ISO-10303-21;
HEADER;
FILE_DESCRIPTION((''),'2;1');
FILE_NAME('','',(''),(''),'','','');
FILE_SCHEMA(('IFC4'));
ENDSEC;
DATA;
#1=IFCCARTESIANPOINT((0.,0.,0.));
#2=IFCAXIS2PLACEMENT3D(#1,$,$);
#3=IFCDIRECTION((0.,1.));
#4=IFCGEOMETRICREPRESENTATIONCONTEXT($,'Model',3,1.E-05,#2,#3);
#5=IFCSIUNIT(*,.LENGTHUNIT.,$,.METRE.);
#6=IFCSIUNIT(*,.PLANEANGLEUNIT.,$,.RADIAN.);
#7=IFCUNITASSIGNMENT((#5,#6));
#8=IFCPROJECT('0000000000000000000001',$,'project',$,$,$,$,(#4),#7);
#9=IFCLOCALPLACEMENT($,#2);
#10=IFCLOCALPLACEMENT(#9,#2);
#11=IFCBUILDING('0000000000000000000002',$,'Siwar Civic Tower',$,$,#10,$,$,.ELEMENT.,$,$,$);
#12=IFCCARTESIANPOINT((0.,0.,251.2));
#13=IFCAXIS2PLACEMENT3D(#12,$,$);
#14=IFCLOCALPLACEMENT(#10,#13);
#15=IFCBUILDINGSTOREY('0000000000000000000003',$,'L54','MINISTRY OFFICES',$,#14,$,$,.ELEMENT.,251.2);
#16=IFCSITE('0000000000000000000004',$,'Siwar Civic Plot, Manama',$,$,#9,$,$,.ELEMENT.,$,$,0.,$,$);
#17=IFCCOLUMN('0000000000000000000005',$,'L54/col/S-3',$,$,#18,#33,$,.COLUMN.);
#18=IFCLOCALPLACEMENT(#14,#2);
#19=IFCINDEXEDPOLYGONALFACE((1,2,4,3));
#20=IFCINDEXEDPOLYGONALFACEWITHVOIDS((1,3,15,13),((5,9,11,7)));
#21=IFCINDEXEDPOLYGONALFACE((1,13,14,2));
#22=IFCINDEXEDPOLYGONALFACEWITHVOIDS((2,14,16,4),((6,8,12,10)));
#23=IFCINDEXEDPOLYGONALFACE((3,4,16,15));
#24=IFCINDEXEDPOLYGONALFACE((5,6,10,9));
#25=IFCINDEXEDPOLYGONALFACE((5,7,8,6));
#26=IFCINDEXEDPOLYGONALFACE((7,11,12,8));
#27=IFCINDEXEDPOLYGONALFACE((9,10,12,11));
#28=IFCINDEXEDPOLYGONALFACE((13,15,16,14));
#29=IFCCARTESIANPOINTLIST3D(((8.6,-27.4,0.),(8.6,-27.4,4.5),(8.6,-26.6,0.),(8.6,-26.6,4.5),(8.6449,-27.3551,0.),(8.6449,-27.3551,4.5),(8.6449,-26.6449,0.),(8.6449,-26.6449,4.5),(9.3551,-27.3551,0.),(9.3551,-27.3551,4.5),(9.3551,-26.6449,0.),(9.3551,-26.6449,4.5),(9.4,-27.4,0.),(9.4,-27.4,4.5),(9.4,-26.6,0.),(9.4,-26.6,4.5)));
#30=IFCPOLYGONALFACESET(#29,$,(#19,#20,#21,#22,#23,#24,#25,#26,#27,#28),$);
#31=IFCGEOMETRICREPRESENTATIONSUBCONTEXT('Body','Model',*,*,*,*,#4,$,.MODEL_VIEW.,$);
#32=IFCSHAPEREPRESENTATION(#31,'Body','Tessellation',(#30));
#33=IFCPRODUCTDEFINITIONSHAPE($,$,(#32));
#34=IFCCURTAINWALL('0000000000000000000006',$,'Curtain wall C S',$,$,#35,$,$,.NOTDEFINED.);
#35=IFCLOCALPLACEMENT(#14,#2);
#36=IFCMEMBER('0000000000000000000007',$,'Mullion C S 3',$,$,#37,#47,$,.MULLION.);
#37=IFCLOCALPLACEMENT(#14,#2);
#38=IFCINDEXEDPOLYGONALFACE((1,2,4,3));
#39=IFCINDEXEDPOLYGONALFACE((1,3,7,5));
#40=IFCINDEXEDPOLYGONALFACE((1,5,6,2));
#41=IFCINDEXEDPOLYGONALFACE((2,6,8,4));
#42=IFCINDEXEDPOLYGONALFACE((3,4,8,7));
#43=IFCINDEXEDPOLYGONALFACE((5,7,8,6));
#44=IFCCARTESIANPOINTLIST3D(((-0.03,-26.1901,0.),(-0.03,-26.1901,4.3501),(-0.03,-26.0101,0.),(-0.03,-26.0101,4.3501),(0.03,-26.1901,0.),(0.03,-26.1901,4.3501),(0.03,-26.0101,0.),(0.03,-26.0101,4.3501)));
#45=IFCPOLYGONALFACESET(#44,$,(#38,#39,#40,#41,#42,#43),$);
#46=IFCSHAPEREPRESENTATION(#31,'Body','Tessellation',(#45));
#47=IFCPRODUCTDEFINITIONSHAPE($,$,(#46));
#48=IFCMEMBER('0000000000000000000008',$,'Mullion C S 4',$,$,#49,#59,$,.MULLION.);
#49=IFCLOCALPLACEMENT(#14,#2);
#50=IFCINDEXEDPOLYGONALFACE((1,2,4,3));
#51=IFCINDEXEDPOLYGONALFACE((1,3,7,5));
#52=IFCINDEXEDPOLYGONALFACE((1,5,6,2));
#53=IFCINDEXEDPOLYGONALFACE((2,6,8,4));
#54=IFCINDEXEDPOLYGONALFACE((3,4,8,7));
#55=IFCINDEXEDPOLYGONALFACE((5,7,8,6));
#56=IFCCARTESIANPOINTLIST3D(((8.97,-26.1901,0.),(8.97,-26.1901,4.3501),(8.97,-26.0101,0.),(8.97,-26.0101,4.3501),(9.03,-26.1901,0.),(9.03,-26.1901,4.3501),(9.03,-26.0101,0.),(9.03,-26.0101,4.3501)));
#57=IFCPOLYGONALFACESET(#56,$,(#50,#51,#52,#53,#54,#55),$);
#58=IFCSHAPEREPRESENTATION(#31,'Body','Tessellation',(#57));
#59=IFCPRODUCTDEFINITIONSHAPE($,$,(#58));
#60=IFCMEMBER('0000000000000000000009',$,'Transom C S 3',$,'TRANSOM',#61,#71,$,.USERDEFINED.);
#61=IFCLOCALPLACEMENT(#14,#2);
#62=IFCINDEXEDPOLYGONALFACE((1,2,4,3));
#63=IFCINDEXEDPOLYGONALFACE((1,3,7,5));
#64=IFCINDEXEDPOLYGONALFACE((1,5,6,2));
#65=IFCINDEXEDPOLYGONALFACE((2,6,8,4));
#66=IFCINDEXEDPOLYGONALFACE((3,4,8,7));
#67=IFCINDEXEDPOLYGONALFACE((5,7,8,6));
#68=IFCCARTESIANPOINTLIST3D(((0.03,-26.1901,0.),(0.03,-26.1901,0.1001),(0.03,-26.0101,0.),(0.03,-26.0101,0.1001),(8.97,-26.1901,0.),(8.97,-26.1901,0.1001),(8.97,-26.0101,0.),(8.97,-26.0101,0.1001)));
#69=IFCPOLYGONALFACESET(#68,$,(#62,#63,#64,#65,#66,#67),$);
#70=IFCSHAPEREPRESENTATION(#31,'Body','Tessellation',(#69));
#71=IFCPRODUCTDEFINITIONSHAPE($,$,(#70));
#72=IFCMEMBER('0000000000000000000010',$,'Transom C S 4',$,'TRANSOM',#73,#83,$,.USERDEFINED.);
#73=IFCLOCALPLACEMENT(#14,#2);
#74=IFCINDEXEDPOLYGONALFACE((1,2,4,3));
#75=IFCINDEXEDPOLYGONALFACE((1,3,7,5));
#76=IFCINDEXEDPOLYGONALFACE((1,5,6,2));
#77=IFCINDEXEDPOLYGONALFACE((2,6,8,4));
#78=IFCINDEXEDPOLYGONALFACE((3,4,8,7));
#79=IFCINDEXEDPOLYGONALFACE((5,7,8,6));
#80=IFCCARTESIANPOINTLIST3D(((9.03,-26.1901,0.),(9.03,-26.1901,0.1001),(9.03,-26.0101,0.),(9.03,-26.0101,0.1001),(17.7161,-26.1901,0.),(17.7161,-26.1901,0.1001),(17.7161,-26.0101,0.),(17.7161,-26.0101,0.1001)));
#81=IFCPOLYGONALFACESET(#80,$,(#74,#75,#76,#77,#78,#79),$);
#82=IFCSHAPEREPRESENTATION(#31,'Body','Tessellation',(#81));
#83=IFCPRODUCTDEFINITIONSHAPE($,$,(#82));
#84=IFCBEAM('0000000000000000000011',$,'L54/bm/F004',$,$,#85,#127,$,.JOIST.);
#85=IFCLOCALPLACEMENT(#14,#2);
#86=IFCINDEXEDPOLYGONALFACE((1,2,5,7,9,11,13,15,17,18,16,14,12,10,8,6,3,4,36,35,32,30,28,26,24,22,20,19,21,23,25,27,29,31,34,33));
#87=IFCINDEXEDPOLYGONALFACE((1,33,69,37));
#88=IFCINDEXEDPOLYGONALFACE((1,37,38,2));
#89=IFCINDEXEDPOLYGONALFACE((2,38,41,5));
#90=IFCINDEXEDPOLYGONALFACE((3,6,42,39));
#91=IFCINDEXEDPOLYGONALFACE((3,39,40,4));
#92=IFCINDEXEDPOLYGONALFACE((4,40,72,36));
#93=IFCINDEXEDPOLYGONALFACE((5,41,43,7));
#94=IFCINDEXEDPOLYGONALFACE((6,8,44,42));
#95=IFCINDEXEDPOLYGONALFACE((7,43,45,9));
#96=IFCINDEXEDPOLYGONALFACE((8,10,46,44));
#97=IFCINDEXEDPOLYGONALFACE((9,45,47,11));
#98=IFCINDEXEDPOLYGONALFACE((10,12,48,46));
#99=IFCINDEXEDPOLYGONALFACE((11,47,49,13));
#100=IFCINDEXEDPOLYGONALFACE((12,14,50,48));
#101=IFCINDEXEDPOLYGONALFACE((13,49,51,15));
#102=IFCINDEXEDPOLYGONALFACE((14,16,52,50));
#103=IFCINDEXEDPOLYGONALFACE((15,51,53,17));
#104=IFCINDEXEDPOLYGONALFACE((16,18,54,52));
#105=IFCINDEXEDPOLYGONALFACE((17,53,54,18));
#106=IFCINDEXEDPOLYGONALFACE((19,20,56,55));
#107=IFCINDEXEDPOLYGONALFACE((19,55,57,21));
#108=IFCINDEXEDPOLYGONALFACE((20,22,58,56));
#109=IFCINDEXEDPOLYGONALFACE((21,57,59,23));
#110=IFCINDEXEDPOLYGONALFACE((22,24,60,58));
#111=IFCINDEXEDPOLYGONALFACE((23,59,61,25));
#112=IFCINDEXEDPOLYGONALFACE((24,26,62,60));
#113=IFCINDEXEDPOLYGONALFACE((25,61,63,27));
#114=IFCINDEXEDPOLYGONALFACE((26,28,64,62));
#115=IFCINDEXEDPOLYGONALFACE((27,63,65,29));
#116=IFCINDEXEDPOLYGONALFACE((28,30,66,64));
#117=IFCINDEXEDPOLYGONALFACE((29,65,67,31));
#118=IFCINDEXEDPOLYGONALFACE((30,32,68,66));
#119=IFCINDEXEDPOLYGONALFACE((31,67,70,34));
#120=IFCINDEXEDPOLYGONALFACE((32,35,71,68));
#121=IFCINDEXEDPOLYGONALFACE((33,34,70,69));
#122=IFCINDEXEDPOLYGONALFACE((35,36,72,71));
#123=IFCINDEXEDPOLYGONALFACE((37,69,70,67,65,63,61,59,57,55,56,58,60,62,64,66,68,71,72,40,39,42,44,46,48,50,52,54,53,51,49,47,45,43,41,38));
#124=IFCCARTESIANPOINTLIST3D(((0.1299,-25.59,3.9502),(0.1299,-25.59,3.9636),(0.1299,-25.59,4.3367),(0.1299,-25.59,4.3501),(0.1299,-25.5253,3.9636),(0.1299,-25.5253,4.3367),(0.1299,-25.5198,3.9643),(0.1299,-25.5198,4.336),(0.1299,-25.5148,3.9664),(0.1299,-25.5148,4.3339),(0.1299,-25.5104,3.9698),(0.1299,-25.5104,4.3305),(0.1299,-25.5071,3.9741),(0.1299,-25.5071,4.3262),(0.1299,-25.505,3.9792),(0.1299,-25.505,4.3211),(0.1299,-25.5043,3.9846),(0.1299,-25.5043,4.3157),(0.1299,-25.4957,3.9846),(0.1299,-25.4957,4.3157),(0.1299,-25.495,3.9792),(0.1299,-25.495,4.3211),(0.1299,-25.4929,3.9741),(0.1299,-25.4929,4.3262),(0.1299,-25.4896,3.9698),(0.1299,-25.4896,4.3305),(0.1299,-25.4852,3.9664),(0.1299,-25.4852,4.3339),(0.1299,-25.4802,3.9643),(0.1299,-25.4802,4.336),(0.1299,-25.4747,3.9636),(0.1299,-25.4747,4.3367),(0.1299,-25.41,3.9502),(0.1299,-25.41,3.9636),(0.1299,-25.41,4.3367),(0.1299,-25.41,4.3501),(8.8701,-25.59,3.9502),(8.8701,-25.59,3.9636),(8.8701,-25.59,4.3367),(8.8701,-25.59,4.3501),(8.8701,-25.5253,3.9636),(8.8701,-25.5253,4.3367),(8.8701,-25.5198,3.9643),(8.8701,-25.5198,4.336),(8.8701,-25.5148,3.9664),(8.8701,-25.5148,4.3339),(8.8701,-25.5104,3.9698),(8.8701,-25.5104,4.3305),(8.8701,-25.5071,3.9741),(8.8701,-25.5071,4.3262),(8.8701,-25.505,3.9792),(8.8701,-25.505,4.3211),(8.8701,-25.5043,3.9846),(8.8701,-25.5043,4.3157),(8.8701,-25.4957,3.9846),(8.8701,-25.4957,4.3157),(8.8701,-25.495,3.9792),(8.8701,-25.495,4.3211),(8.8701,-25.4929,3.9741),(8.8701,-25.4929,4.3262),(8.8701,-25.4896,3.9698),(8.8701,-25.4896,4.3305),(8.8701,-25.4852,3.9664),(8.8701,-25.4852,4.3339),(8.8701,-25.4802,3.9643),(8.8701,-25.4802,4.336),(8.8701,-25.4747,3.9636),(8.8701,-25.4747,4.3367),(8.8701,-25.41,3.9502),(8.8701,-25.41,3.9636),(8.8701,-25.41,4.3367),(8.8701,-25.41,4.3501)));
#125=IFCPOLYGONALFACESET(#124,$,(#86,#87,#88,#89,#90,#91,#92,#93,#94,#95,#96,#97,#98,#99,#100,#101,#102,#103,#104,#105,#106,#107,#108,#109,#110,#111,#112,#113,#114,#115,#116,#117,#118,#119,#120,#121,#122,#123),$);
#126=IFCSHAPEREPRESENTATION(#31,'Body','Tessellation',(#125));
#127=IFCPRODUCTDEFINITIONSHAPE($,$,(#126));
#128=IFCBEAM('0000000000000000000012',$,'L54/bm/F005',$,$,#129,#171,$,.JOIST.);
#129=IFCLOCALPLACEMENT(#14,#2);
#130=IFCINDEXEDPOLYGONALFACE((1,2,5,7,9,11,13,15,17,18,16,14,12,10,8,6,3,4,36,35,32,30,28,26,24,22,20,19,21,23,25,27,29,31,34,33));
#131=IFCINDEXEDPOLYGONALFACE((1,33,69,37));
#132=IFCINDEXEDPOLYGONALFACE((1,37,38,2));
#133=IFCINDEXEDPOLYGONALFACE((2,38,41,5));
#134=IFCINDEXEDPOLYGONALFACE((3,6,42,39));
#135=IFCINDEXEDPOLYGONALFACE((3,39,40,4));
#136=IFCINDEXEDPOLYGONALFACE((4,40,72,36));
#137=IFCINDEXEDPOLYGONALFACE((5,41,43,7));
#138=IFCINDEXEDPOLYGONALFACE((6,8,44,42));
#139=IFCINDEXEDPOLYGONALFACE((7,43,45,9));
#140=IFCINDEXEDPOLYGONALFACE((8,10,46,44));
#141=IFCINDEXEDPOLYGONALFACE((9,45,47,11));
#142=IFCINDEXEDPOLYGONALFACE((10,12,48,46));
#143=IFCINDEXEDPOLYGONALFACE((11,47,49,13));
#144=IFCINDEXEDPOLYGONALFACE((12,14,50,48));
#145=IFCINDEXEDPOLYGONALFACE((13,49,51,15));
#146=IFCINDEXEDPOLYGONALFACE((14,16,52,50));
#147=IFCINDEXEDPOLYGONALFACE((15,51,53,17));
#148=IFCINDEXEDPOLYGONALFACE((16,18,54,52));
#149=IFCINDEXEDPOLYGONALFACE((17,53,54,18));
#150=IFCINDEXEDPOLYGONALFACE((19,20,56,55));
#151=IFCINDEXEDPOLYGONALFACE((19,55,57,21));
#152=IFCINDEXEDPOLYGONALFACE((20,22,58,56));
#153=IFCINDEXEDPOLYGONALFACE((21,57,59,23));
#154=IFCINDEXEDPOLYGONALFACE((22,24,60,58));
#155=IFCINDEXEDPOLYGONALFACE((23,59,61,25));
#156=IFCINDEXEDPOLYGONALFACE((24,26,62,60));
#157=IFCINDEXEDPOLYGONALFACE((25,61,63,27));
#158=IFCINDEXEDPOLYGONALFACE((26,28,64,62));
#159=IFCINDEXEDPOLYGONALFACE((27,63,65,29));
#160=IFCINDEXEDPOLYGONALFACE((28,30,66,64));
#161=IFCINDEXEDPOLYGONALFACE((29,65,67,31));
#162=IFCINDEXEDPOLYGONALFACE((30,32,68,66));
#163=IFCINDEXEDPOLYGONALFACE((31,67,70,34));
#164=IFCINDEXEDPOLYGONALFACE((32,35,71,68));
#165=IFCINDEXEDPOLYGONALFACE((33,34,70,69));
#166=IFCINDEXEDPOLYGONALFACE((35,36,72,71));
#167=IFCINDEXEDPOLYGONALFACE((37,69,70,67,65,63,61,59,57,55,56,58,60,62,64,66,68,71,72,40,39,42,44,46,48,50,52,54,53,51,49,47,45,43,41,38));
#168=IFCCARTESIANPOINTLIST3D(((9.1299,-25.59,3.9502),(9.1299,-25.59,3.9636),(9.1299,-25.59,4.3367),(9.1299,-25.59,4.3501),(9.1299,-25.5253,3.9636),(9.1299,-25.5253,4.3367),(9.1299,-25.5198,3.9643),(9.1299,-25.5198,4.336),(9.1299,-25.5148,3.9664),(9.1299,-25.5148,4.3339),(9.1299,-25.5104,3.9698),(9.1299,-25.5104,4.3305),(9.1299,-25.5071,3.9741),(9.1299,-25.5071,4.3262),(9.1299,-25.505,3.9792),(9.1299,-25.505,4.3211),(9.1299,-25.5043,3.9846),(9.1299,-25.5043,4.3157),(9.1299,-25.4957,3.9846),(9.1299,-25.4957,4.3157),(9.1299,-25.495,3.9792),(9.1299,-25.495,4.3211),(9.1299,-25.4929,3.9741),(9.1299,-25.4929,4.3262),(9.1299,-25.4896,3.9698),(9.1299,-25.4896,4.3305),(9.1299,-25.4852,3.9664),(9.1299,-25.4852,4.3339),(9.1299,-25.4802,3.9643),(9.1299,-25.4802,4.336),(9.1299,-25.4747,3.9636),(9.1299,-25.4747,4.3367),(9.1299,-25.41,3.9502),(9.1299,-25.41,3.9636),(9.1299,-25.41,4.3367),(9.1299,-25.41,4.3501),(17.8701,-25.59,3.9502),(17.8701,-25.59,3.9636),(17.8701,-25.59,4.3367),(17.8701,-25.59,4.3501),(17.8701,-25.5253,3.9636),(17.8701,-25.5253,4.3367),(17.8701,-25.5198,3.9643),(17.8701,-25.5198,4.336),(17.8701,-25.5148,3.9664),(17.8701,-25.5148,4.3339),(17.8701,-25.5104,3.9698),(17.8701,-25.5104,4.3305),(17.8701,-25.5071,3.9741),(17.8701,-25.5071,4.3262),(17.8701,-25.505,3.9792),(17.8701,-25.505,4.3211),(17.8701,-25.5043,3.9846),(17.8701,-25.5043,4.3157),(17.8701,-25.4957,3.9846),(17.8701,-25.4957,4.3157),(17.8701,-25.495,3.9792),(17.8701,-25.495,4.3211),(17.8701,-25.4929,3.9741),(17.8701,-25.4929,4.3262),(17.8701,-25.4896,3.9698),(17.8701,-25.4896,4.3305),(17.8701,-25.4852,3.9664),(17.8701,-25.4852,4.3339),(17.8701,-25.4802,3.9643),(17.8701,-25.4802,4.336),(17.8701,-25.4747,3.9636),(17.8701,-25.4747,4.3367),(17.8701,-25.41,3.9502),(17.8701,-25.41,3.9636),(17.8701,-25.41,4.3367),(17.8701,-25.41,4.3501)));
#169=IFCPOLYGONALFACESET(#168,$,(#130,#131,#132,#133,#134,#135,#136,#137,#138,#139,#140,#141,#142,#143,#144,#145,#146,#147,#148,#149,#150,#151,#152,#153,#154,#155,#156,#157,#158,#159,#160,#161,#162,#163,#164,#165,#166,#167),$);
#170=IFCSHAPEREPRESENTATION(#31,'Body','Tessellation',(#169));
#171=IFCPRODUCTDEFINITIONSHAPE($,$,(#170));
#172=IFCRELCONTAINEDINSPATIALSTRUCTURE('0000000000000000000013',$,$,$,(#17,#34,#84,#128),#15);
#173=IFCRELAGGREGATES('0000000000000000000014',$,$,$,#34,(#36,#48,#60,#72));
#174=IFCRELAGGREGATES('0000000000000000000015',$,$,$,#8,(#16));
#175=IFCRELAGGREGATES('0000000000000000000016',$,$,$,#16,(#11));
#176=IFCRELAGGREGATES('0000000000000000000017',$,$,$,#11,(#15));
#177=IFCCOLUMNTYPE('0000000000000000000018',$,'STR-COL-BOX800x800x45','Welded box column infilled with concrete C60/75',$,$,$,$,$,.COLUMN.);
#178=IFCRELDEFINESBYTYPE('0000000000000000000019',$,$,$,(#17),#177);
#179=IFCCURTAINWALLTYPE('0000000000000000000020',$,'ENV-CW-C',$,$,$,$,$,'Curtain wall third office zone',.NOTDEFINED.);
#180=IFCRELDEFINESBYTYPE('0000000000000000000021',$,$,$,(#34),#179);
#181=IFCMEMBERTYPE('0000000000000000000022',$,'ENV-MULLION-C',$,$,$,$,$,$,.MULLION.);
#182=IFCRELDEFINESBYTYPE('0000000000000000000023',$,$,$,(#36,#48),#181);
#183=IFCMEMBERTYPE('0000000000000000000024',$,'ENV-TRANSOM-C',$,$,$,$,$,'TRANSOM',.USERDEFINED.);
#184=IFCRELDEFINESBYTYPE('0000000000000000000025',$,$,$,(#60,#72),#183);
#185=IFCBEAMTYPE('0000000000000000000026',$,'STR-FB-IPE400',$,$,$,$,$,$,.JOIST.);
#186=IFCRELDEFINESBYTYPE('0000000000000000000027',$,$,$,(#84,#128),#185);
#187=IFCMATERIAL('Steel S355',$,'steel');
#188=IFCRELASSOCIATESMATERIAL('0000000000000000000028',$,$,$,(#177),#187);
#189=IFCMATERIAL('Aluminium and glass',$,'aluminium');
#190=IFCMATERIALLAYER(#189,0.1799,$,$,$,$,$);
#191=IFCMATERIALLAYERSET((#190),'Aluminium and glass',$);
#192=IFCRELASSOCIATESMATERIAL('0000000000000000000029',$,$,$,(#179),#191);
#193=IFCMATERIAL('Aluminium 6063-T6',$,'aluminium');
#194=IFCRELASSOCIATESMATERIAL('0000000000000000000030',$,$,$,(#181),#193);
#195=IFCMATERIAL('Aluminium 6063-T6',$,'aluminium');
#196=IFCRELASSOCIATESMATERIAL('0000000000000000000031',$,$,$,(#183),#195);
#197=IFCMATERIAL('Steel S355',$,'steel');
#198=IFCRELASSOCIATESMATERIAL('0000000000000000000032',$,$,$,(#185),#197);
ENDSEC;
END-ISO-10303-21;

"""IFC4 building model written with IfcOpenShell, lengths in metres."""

from ifc_helpers import new_model, si_unit, direction, frame, origin, origin_2d, place, context, subcontext, project, spatial, rectangle, hollow_rectangle, i_section, extrude, material, layer, layer_set, material_profile, profile_set, type_object, element, aggregate, save


model = new_model("IFC4")

# Units and contexts
model_context = context("Model", 3, precision=1e-05, world=origin(), true_north=direction((0.0, 1.0)))
body_context = subcontext(model_context, "Body", "Model", "MODEL_VIEW")
ifc_project = project(units=[si_unit("LENGTHUNIT", "METRE"), si_unit("PLANEANGLEUNIT", "RADIAN")], contexts=[model_context])

# Site, building, storey
site_placement = place(None, origin())
site = spatial("IfcSite", under=ifc_project, at=site_placement, Name="Siwar Civic Plot, Manama", CompositionType="ELEMENT", RefElevation=0.0)
building_placement = place(site_placement, origin())
building = spatial("IfcBuilding", under=site, at=building_placement, Name="Siwar Civic Tower", CompositionType="ELEMENT")
storey_placement = place(building_placement, frame((0.0, 0.0, 251.2)))
storey = spatial("IfcBuildingStorey", under=building, at=storey_placement, Name="L54", Description="MINISTRY OFFICES", CompositionType="ELEMENT", Elevation=251.2)

# Column
ifc_material_1 = material(Name="Steel S355", Category="steel")
ifc_material_profile_1 = material_profile(ifc_material_1, hollow_rectangle(XDim=0.8, YDim=0.8, WallThickness=0.0449, at=origin_2d()), Name="BOX800x800x45")
ifc_profile_set_1 = profile_set([ifc_material_profile_1], Name="Steel S355")
column_type = type_object("IfcColumnType", Name="STR-COL-BOX800x800x45", Description="Welded box column infilled with concrete C60/75", PredefinedType="COLUMN", material=ifc_profile_set_1)
column_placement = place(storey_placement, frame((9.0, -27.0, 0.0), z_axis=(0.0, 0.0, 1.0), x_axis=(1.0, 0.0, 0.0)))
element("IfcColumn", 1, at=column_placement, inside=storey, type_object=column_type, Name="L54/col/S-3", PredefinedType="COLUMN", context=body_context, shape_type="SweptSolid", body=[
    extrude(hollow_rectangle(XDim=0.8, YDim=0.8, WallThickness=0.0449, at=origin_2d()), origin(), (0.0, 0.0, 1.0), 4.5),
])

# Curtain wall, members
ifc_material_2 = material(Name="Aluminium and glass", Category="aluminium")
ifc_layer_1 = layer(ifc_material_2, 0.1799)
ifc_layer_set_1 = layer_set([ifc_layer_1], Name="Aluminium and glass")
curtain_wall_type = type_object("IfcCurtainWallType", Name="ENV-CW-C", ElementType="Curtain wall third office zone", PredefinedType="NOTDEFINED", material=ifc_layer_set_1)
curtain_wall_placement = place(storey_placement, origin())
curtain_wall = element("IfcCurtainWall", 2, at=curtain_wall_placement, inside=storey, type_object=curtain_wall_type, Name="Curtain wall C S", PredefinedType="NOTDEFINED")
ifc_material_3 = material(Name="Aluminium 6063-T6", Category="aluminium")
ifc_material_profile_2 = material_profile(ifc_material_3, rectangle(XDim=0.1799, YDim=0.0601, at=origin_2d()), Name="AL 180x60")
ifc_profile_set_2 = profile_set([ifc_material_profile_2], Name="Aluminium 6063-T6")
member_type_1 = type_object("IfcMemberType", Name="ENV-MULLION-C", PredefinedType="MULLION", material=ifc_profile_set_2)
member_1_placement = place(storey_placement, frame((0.0, -26.1001, 0.0), z_axis=(0.0, 0.0, 1.0), x_axis=(0.0, 1.0, 0.0)))
member_1 = element("IfcMember", 3, at=member_1_placement, type_object=member_type_1, Name="Mullion C S 3", PredefinedType="MULLION", context=body_context, shape_type="SweptSolid", body=[
    extrude(rectangle(XDim=0.1799, YDim=0.0601, at=origin_2d()), origin(), (0.0, 0.0, 1.0), 4.3501),
])
member_2_placement = place(storey_placement, frame((9.0, -26.1001, 0.0), z_axis=(0.0, 0.0, 1.0), x_axis=(0.0, 1.0, 0.0)))
member_2 = element("IfcMember", 4, at=member_2_placement, type_object=member_type_1, Name="Mullion C S 4", PredefinedType="MULLION", context=body_context, shape_type="SweptSolid", body=[
    extrude(rectangle(XDim=0.1799, YDim=0.0601, at=origin_2d()), origin(), (0.0, 0.0, 1.0), 4.3501),
])
ifc_material_4 = material(Name="Aluminium 6063-T6", Category="aluminium")
ifc_material_profile_3 = material_profile(ifc_material_4, rectangle(XDim=0.1799, YDim=0.1001, at=origin_2d()), Name="AL 180x100")
ifc_profile_set_3 = profile_set([ifc_material_profile_3], Name="Aluminium 6063-T6")
member_type_2 = type_object("IfcMemberType", Name="ENV-TRANSOM-C", ElementType="TRANSOM", PredefinedType="USERDEFINED", material=ifc_profile_set_3)
member_3_placement = place(storey_placement, frame((0.03, -26.1001, 0.05), z_axis=(1.0, 0.0, 0.0), x_axis=(0.0, 1.0, 0.0)))
member_3 = element("IfcMember", 5, at=member_3_placement, type_object=member_type_2, Name="Transom C S 3", ObjectType="TRANSOM", PredefinedType="USERDEFINED", context=body_context, shape_type="SweptSolid", body=[
    extrude(rectangle(XDim=0.1799, YDim=0.1001, at=origin_2d()), origin(), (0.0, 0.0, 1.0), 8.9399),
])
member_4_placement = place(storey_placement, frame((9.03, -26.1001, 0.05), z_axis=(1.0, 0.0, 0.0), x_axis=(0.0, 1.0, 0.0)))
member_4 = element("IfcMember", 6, at=member_4_placement, type_object=member_type_2, Name="Transom C S 4", ObjectType="TRANSOM", PredefinedType="USERDEFINED", context=body_context, shape_type="SweptSolid", body=[
    extrude(rectangle(XDim=0.1799, YDim=0.1001, at=origin_2d()), origin(), (0.0, 0.0, 1.0), 8.686),
])

# Beams
ifc_material_5 = material(Name="Steel S355", Category="steel")
ifc_material_profile_4 = material_profile(ifc_material_5, i_section(OverallWidth=0.1799, OverallDepth=0.3999, WebThickness=0.0085, FlangeThickness=0.0134, FilletRadius=0.021, at=origin_2d()), Name="IPE400")
ifc_profile_set_4 = profile_set([ifc_material_profile_4], Name="Steel S355")
beam_type_1 = type_object("IfcBeamType", Name="STR-FB-IPE400", PredefinedType="JOIST", material=ifc_profile_set_4)
for number, where, z_axis, x_axis, name in (
    (7, (0.1299, -25.5, 4.1501), (1.0, 0.0, 0.0), (0.0, 1.0, 0.0), "L54/bm/F004"),
    (8, (9.1299, -25.5, 4.1501), (1.0, 0.0, 0.0), (0.0, 1.0, 0.0), "L54/bm/F005"),
):
    element("IfcBeam", number, at=place(storey_placement, frame(where, z_axis=z_axis, x_axis=x_axis)), inside=storey, type_object=beam_type_1, Name=name, PredefinedType="JOIST", context=body_context, shape_type="SweptSolid", body=[
        extrude(i_section(OverallWidth=0.1799, OverallDepth=0.3999, WebThickness=0.0085, FlangeThickness=0.0134, FilletRadius=0.021, at=origin_2d()), origin(), (0.0, 0.0, 1.0), 8.7402),
    ])

aggregate(curtain_wall, [member_1, member_2, member_3, member_4])

save(model, "model.ifc")
